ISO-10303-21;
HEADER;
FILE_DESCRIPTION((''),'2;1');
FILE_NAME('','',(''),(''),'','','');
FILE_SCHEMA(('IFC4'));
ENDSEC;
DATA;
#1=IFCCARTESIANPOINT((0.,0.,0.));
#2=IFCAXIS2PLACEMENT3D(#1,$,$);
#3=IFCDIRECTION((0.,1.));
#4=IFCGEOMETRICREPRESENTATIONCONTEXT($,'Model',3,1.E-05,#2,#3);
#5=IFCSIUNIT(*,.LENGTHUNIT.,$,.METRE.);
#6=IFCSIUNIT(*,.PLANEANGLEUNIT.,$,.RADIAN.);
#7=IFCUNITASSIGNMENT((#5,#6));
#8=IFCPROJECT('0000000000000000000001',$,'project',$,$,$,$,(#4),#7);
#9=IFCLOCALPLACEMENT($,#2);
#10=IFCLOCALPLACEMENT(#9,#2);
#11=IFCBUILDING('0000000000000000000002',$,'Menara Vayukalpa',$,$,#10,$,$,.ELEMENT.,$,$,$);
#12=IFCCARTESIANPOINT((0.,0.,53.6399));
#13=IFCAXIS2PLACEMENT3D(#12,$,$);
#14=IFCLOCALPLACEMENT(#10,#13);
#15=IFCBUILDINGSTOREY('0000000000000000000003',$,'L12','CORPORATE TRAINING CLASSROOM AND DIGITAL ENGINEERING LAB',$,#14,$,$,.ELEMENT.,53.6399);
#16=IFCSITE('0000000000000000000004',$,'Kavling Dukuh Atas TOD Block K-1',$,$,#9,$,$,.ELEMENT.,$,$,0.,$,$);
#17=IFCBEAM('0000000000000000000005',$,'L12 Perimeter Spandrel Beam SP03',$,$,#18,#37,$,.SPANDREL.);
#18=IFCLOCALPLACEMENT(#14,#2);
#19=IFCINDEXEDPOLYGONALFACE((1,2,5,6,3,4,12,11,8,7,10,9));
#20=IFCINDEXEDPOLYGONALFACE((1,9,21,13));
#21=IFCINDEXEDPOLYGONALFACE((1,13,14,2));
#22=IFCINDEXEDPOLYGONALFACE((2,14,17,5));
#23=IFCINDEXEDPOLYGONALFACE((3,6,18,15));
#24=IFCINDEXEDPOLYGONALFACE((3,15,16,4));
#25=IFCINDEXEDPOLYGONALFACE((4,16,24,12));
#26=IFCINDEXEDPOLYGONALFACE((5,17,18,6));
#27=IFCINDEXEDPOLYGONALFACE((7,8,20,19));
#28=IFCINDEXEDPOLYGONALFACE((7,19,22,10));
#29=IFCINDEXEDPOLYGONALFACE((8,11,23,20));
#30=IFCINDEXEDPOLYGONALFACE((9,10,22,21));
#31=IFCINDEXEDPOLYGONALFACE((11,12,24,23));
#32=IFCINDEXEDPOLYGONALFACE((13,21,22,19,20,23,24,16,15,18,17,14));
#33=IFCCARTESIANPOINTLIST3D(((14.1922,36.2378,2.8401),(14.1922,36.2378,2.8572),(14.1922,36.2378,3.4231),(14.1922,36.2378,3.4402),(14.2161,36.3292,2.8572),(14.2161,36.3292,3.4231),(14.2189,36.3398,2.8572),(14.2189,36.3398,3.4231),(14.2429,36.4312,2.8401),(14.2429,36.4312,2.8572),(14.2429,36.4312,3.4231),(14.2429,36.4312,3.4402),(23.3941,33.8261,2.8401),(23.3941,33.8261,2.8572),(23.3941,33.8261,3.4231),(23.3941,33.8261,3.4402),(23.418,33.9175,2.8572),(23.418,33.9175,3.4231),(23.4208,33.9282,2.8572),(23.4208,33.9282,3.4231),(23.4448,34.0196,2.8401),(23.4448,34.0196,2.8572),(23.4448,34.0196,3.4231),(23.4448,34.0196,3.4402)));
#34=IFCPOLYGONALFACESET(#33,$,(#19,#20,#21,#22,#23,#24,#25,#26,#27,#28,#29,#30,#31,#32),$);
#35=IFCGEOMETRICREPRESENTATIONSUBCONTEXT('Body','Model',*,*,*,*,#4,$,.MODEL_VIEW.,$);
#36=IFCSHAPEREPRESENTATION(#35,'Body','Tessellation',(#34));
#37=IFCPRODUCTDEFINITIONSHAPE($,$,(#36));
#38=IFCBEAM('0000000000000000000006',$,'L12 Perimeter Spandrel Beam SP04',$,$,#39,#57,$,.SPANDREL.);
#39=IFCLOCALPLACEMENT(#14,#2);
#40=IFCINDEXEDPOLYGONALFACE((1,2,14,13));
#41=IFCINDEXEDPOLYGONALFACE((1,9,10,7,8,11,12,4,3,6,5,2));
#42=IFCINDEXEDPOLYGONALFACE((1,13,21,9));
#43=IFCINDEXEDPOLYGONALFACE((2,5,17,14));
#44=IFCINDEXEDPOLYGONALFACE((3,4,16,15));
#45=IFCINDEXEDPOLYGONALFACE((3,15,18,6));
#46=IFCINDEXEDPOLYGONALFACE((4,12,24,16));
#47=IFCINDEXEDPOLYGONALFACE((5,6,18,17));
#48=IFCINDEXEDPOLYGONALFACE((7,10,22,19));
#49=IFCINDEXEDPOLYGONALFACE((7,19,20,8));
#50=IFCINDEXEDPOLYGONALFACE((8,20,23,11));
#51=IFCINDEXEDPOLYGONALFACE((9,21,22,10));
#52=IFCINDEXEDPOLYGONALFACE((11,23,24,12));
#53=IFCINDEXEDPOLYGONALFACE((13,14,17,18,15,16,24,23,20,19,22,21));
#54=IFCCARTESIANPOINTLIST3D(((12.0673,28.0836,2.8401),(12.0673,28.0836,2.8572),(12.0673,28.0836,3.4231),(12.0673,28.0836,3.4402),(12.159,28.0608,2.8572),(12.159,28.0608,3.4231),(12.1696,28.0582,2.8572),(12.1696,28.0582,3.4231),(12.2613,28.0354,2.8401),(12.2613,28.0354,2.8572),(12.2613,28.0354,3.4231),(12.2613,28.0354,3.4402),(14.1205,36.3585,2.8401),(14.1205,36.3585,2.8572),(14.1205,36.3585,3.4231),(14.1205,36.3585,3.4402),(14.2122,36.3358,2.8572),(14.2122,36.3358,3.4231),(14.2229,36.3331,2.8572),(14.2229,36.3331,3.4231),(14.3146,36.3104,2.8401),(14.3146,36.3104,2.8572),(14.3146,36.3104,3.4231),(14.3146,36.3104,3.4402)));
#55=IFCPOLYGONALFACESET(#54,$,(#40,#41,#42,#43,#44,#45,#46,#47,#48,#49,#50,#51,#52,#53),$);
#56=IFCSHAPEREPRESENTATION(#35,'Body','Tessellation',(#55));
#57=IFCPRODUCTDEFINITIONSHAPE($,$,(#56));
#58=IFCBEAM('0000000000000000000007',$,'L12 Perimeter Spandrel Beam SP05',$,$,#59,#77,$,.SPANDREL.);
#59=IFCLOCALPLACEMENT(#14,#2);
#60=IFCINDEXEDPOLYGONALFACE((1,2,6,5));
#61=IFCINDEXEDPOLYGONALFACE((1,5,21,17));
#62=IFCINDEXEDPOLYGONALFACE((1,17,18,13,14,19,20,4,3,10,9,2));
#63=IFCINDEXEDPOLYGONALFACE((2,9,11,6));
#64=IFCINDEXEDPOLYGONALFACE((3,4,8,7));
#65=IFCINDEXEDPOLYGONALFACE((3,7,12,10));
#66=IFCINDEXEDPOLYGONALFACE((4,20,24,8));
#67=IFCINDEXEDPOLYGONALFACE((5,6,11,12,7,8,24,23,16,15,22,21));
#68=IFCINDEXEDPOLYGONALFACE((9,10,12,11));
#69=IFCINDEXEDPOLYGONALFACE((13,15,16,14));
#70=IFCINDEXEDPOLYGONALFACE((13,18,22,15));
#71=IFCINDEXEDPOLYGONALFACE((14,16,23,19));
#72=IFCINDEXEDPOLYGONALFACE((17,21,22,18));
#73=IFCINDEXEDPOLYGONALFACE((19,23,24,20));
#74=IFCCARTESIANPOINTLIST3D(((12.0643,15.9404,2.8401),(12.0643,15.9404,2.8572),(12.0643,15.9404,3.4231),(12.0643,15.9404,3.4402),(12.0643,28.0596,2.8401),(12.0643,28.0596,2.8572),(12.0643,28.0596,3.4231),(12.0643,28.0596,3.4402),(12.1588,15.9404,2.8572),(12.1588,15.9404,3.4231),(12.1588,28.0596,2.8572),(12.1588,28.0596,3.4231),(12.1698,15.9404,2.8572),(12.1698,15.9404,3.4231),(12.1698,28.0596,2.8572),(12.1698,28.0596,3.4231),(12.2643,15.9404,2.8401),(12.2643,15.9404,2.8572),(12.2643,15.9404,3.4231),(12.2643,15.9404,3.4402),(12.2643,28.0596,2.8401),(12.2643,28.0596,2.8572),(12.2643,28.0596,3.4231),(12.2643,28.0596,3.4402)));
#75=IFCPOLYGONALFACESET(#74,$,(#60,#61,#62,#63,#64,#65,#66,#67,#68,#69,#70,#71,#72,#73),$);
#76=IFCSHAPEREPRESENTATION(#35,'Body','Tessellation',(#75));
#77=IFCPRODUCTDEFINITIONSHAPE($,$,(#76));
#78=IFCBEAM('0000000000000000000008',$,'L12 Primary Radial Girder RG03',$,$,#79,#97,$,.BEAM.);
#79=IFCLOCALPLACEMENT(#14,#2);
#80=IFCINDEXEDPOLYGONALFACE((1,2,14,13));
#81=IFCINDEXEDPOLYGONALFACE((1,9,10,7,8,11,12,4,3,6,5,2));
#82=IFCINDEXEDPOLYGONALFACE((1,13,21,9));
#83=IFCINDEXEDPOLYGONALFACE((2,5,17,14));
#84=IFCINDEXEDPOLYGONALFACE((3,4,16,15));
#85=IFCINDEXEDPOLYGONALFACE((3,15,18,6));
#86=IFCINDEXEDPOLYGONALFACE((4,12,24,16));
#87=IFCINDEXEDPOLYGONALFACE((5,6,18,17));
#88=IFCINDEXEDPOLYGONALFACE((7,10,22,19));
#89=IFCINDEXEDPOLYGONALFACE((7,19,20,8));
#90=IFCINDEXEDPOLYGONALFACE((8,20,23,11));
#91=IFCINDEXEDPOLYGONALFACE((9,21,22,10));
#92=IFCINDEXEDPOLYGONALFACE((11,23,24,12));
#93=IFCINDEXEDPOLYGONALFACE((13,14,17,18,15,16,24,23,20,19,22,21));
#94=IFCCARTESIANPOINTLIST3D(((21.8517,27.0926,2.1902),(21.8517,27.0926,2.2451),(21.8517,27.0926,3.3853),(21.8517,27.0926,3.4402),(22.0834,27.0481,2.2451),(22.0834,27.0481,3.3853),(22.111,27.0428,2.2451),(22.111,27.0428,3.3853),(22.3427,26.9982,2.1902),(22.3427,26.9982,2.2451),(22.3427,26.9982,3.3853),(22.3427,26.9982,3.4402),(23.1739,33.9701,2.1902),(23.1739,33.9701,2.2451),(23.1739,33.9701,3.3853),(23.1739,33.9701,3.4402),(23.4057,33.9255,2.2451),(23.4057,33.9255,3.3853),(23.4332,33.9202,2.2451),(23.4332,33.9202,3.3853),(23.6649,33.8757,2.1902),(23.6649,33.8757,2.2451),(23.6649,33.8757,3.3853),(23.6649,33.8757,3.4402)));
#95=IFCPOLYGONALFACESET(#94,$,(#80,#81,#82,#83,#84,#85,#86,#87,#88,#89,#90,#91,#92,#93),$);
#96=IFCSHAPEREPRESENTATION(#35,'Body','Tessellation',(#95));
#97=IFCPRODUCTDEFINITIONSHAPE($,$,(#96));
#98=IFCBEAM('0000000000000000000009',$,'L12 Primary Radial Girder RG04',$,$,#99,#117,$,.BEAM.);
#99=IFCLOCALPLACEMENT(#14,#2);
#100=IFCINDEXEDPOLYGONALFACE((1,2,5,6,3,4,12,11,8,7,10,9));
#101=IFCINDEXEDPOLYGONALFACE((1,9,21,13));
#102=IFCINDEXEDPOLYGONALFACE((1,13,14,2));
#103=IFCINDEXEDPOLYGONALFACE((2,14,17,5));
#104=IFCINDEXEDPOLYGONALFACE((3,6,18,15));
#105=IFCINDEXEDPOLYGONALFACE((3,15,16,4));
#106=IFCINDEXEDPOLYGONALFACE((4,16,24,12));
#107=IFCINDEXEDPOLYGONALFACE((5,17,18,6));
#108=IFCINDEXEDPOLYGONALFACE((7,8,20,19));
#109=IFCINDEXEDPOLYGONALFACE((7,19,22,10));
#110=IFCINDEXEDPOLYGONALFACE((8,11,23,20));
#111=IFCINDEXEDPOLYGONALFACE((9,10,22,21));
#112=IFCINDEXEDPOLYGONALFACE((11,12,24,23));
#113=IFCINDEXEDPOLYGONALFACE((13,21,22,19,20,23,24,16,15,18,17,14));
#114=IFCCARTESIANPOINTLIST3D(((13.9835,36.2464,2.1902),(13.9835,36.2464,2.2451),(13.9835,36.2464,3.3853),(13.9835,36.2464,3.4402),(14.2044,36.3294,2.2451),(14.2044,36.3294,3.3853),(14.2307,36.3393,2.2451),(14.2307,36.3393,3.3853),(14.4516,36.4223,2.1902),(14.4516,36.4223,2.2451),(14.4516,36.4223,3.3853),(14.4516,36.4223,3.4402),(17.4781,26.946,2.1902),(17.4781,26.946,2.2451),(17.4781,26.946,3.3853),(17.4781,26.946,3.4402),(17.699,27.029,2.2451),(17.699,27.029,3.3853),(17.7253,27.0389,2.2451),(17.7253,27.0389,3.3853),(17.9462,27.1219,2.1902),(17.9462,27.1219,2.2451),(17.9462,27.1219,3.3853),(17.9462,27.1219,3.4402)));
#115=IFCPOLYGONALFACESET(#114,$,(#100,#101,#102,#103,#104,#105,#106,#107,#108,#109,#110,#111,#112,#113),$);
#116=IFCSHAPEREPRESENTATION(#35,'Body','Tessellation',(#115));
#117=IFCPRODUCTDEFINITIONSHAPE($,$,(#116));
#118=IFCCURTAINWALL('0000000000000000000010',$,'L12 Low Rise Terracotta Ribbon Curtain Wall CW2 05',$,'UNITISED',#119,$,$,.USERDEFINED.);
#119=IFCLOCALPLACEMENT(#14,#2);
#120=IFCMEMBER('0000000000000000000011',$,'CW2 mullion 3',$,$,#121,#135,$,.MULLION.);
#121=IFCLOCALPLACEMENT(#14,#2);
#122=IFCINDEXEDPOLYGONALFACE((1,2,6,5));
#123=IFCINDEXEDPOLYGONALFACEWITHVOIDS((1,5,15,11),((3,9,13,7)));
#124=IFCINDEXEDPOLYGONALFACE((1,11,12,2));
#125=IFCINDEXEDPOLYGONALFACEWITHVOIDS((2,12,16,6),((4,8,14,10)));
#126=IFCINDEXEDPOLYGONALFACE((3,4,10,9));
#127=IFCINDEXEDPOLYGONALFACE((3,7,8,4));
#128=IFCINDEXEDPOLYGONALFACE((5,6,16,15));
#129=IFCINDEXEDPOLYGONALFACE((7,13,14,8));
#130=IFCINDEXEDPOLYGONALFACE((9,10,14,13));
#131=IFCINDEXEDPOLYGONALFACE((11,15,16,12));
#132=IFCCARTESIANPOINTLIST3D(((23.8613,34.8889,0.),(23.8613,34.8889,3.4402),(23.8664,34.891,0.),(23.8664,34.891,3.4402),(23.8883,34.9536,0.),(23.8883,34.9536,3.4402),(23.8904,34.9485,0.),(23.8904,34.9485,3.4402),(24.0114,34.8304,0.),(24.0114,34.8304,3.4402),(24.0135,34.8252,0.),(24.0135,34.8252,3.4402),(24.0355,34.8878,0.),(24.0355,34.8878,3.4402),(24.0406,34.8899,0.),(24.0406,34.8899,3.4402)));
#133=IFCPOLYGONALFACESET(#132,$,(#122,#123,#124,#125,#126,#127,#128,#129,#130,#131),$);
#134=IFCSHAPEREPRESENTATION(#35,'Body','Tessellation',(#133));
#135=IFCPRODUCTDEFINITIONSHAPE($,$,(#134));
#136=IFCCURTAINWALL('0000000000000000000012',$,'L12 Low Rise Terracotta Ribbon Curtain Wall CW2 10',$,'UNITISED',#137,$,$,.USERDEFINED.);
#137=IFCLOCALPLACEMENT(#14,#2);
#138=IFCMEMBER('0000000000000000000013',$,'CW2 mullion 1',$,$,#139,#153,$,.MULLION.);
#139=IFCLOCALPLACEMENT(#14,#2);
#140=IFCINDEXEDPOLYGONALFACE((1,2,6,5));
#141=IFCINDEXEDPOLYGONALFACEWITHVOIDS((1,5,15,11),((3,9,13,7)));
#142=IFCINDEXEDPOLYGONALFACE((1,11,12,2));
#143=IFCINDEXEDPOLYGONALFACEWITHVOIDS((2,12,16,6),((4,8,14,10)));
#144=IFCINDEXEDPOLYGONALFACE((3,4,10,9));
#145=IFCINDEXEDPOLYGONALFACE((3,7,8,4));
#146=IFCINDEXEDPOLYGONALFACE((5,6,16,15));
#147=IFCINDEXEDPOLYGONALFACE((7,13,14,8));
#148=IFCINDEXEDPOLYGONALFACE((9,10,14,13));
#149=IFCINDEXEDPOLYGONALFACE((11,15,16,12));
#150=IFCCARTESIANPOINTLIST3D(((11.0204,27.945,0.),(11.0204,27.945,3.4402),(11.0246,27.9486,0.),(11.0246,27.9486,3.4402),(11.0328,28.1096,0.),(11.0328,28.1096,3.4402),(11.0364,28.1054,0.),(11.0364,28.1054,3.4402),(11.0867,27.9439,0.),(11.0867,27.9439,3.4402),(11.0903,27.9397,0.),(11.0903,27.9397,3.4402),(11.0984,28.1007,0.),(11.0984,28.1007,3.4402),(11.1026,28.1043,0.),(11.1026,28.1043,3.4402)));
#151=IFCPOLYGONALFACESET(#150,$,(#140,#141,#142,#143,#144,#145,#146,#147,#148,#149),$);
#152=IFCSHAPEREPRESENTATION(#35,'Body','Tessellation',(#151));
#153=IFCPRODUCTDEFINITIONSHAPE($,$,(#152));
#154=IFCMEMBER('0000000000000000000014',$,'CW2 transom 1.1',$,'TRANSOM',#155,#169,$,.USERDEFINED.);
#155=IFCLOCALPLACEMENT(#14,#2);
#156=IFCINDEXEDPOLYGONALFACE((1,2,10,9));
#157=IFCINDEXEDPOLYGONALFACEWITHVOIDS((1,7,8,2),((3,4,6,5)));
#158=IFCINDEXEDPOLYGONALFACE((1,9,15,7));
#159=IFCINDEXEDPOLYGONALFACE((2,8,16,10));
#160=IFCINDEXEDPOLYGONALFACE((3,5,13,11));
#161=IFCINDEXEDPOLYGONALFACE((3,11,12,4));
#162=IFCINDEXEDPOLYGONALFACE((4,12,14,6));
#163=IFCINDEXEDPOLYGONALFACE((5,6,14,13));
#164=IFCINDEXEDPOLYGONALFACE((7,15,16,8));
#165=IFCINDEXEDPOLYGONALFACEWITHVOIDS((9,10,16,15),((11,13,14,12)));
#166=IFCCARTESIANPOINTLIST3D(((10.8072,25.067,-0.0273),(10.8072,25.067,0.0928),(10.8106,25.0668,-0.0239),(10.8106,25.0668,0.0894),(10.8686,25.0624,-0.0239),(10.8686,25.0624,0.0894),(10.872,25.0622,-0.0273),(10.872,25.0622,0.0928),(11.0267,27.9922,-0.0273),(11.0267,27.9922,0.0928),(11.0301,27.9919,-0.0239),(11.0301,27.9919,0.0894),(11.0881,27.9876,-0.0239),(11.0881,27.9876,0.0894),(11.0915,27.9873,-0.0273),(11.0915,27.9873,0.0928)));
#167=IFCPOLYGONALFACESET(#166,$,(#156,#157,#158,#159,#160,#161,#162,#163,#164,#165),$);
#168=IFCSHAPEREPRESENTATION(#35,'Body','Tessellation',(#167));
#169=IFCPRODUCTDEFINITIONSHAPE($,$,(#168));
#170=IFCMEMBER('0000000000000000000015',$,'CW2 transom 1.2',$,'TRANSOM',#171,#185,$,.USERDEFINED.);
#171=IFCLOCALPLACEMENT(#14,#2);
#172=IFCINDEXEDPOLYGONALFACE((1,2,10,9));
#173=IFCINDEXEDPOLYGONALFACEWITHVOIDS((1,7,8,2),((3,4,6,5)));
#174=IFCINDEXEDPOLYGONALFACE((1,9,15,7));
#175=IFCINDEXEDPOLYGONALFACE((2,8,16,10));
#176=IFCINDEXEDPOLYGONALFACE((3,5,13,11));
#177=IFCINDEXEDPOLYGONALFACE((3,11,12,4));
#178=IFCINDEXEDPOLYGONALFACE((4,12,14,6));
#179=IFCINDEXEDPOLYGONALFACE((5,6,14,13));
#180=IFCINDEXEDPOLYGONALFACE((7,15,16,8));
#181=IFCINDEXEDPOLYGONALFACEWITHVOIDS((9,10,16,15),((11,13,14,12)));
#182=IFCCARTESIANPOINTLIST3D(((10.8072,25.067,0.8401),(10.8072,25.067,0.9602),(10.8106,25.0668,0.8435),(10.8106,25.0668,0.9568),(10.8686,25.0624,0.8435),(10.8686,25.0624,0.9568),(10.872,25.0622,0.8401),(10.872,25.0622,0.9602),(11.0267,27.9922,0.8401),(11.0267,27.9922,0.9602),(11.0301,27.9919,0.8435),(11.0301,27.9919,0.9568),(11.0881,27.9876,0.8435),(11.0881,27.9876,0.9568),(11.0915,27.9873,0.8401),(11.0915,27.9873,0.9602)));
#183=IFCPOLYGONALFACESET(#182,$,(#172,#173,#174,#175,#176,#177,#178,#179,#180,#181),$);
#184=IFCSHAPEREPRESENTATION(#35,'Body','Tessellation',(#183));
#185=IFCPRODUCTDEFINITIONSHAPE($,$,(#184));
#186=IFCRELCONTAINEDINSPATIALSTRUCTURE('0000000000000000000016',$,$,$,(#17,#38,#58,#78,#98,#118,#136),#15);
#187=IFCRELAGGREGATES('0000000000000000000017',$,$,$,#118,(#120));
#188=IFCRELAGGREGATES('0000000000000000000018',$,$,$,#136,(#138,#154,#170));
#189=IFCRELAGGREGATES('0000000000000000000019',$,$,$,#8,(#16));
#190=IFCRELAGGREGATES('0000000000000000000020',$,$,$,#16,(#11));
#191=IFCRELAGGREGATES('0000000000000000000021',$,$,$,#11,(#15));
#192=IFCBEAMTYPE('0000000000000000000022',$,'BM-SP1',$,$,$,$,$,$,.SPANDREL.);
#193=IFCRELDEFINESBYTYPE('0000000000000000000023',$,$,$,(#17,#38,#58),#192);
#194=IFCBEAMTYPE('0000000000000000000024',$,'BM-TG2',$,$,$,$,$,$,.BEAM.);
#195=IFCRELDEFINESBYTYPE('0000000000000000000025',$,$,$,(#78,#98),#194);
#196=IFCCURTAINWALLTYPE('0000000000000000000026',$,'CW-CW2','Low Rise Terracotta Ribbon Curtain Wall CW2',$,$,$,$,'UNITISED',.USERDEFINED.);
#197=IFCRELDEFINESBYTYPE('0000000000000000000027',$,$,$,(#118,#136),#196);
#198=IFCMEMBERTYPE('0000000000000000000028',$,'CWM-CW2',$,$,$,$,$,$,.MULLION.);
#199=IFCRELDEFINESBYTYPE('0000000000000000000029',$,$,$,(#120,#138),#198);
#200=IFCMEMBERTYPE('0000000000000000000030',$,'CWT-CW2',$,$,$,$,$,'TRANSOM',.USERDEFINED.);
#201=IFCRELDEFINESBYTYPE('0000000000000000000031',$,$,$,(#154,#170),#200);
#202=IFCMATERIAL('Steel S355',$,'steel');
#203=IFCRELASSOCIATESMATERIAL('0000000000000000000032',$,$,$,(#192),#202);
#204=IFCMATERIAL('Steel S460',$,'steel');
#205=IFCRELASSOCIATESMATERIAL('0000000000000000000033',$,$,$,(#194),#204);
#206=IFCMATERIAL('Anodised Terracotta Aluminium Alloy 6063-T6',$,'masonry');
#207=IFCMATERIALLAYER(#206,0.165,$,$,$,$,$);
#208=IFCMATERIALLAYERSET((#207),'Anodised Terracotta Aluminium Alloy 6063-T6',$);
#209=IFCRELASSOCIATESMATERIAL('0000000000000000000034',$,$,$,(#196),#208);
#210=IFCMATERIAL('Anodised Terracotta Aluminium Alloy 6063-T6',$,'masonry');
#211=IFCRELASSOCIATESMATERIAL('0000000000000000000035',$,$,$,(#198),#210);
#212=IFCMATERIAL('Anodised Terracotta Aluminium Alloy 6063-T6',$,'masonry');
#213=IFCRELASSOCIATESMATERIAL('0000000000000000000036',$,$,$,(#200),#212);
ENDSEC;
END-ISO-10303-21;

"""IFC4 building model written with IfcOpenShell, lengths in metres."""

from ifc_helpers import new_model, si_unit, direction, frame, origin, origin_2d, place, context, subcontext, project, spatial, hollow_rectangle, i_section, extrude, material, layer, layer_set, material_profile, profile_set, type_object, element, aggregate, save


model = new_model("IFC4")

# Units and contexts
model_context = context("Model", 3, precision=1e-05, world=origin(), true_north=direction((0.0, 1.0)))
body_context = subcontext(model_context, "Body", "Model", "MODEL_VIEW")
ifc_project = project(units=[si_unit("LENGTHUNIT", "METRE"), si_unit("PLANEANGLEUNIT", "RADIAN")], contexts=[model_context])

# Site, building, storey
site_placement = place(None, origin())
site = spatial("IfcSite", under=ifc_project, at=site_placement, Name="Kavling Dukuh Atas TOD Block K-1", CompositionType="ELEMENT", RefElevation=0.0)
building_placement = place(site_placement, origin())
building = spatial("IfcBuilding", under=site, at=building_placement, Name="Menara Vayukalpa", CompositionType="ELEMENT")
storey_placement = place(building_placement, frame((0.0, 0.0, 53.6399)))
storey = spatial("IfcBuildingStorey", under=building, at=storey_placement, Name="L12", Description="CORPORATE TRAINING CLASSROOM AND DIGITAL ENGINEERING LAB", CompositionType="ELEMENT", Elevation=53.6399)

# Beams
ifc_material_1 = material(Name="Steel S355", Category="steel")
ifc_material_profile_1 = material_profile(ifc_material_1, i_section(OverallWidth=0.2, OverallDepth=0.6001, WebThickness=0.011, FlangeThickness=0.0171, at=origin_2d()), Name="WF 600x200x11x17")
ifc_profile_set_1 = profile_set([ifc_material_profile_1], Name="Steel S355")
beam_type_1 = type_object("IfcBeamType", Name="BM-SP1", PredefinedType="SPANDREL", material=ifc_profile_set_1)
beam_1_placement = place(storey_placement, frame((23.4194, 33.9229, 3.1401), z_axis=(-0.967331, 0.253517, 0.0), x_axis=(-0.253517, -0.967331, 0.0)))
element("IfcBeam", 1, at=beam_1_placement, inside=storey, type_object=beam_type_1, Name="L12 Perimeter Spandrel Beam SP03", PredefinedType="SPANDREL", context=body_context, shape_type="SweptSolid", body=[
    extrude(i_section(OverallWidth=0.2, OverallDepth=0.6001, WebThickness=0.011, FlangeThickness=0.0171, at=origin_2d()), origin(), (0.0, 0.0, 1.0), 9.5127),
])
beam_2_placement = place(storey_placement, frame((14.2175, 36.3345, 3.1401), z_axis=(-0.240824, -0.970569, 0.0), x_axis=(0.970569, -0.240824, 0.0)))
element("IfcBeam", 2, at=beam_2_placement, inside=storey, type_object=beam_type_1, Name="L12 Perimeter Spandrel Beam SP04", PredefinedType="SPANDREL", context=body_context, shape_type="SweptSolid", body=[
    extrude(i_section(OverallWidth=0.2, OverallDepth=0.6001, WebThickness=0.011, FlangeThickness=0.0171, at=origin_2d()), origin(), (0.0, 0.0, 1.0), 8.5259),
])
beam_3_placement = place(storey_placement, frame((12.1643, 28.0596, 3.1401), z_axis=(0.0, -1.0, 0.0), x_axis=(1.0, 0.0, 0.0)))
element("IfcBeam", 3, at=beam_3_placement, inside=storey, type_object=beam_type_1, Name="L12 Perimeter Spandrel Beam SP05", PredefinedType="SPANDREL", context=body_context, shape_type="SweptSolid", body=[
    extrude(i_section(OverallWidth=0.2, OverallDepth=0.6001, WebThickness=0.011, FlangeThickness=0.0171, at=origin_2d()), origin(), (0.0, 0.0, 1.0), 12.1191),
])
ifc_material_2 = material(Name="Steel S460", Category="steel")
ifc_material_profile_2 = material_profile(ifc_material_2, i_section(OverallWidth=0.5, OverallDepth=1.25, WebThickness=0.0281, FlangeThickness=0.0549, at=origin_2d()), Name="WG 1250x500x28x55")
ifc_profile_set_2 = profile_set([ifc_material_profile_2], Name="Steel S460")
beam_type_2 = type_object("IfcBeamType", Name="BM-TG2", PredefinedType="BEAM", material=ifc_profile_set_2)
beam_4_placement = place(storey_placement, frame((22.0972, 27.0454, 2.8152), z_axis=(0.188803, 0.982015, 0.0), x_axis=(-0.982015, 0.188803, 0.0)))
element("IfcBeam", 4, at=beam_4_placement, inside=storey, type_object=beam_type_2, Name="L12 Primary Radial Girder RG03", PredefinedType="BEAM", context=body_context, shape_type="SweptSolid", body=[
    extrude(i_section(OverallWidth=0.5, OverallDepth=1.25, WebThickness=0.0281, FlangeThickness=0.0549, at=origin_2d()), origin(), (0.0, 0.0, 1.0), 7.0034),
])
beam_5_placement = place(storey_placement, frame((17.7122, 27.0339, 2.8152), z_axis=(-0.351735, 0.9361, 0.0), x_axis=(-0.9361, -0.351735, 0.0)))
element("IfcBeam", 5, at=beam_5_placement, inside=storey, type_object=beam_type_2, Name="L12 Primary Radial Girder RG04", PredefinedType="BEAM", context=body_context, shape_type="SweptSolid", body=[
    extrude(i_section(OverallWidth=0.5, OverallDepth=1.25, WebThickness=0.0281, FlangeThickness=0.0549, at=origin_2d()), origin(), (0.0, 0.0, 1.0), 9.9353),
])

# Curtain wall, member
ifc_material_3 = material(Name="Anodised Terracotta Aluminium Alloy 6063-T6", Category="masonry")
ifc_layer_1 = layer(ifc_material_3, 0.165)
ifc_layer_set_1 = layer_set([ifc_layer_1], Name="Anodised Terracotta Aluminium Alloy 6063-T6")
curtain_wall_type = type_object("IfcCurtainWallType", Name="CW-CW2", Description="Low Rise Terracotta Ribbon Curtain Wall CW2", ElementType="UNITISED", PredefinedType="USERDEFINED", material=ifc_layer_set_1)
curtain_wall_1_placement = place(storey_placement, origin())
curtain_wall_1 = element("IfcCurtainWall", 6, at=curtain_wall_1_placement, inside=storey, type_object=curtain_wall_type, Name="L12 Low Rise Terracotta Ribbon Curtain Wall CW2 05", ObjectType="UNITISED", PredefinedType="USERDEFINED")
ifc_material_4 = material(Name="Anodised Terracotta Aluminium Alloy 6063-T6", Category="masonry")
ifc_material_profile_3 = material_profile(ifc_material_4, hollow_rectangle(XDim=0.0701, YDim=0.165, WallThickness=0.0039, at=origin_2d()), Name="ALU 70x165x4")
ifc_profile_set_3 = profile_set([ifc_material_profile_3], Name="Anodised Terracotta Aluminium Alloy 6063-T6")
member_type_1 = type_object("IfcMemberType", Name="CWM-CW2", PredefinedType="MULLION", material=ifc_profile_set_3)
member_1_placement = place(storey_placement, frame((23.9509, 34.8894, 0.0), z_axis=(0.0, 0.0, 1.0), x_axis=(-0.385895, -0.922543, 0.0)))
member_1 = element("IfcMember", 7, at=member_1_placement, type_object=member_type_1, Name="CW2 mullion 3", PredefinedType="MULLION", context=body_context, shape_type="SweptSolid", body=[
    extrude(hollow_rectangle(XDim=0.0701, YDim=0.165, WallThickness=0.0039, at=origin_2d()), origin(), (0.0, 0.0, 1.0), 3.4402),
])
aggregate(curtain_wall_1, [member_1])

# Curtain wall, members
curtain_wall_2_placement = place(storey_placement, origin())
curtain_wall_2 = element("IfcCurtainWall", 8, at=curtain_wall_2_placement, inside=storey, type_object=curtain_wall_type, Name="L12 Low Rise Terracotta Ribbon Curtain Wall CW2 10", ObjectType="UNITISED", PredefinedType="USERDEFINED")
member_2_placement = place(storey_placement, frame((11.0615, 28.0247, 0.0), z_axis=(0.0, 0.0, 1.0), x_axis=(0.997199, -0.074795, 0.0)))
member_2 = element("IfcMember", 9, at=member_2_placement, type_object=member_type_1, Name="CW2 mullion 1", PredefinedType="MULLION", context=body_context, shape_type="SweptSolid", body=[
    extrude(hollow_rectangle(XDim=0.0701, YDim=0.165, WallThickness=0.0039, at=origin_2d()), origin(), (0.0, 0.0, 1.0), 3.4402),
])
ifc_material_5 = material(Name="Anodised Terracotta Aluminium Alloy 6063-T6", Category="masonry")
ifc_material_profile_4 = material_profile(ifc_material_5, hollow_rectangle(XDim=0.0649, YDim=0.1201, WallThickness=0.0034, at=origin_2d()), Name="ALU 65x120x3.5")
ifc_profile_set_4 = profile_set([ifc_material_profile_4], Name="Anodised Terracotta Aluminium Alloy 6063-T6")
member_type_2 = type_object("IfcMemberType", Name="CWT-CW2", ElementType="TRANSOM", PredefinedType="USERDEFINED", material=ifc_profile_set_4)
member_3_placement = place(storey_placement, frame((11.0591, 27.9897, 0.0327), z_axis=(-0.074825, -0.997197, 0.0), x_axis=(0.997197, -0.074825, 0.0)))
member_3 = element("IfcMember", 10, at=member_3_placement, type_object=member_type_2, Name="CW2 transom 1.1", ObjectType="TRANSOM", PredefinedType="USERDEFINED", context=body_context, shape_type="SweptSolid", body=[
    extrude(hollow_rectangle(XDim=0.0649, YDim=0.1201, WallThickness=0.0034, at=origin_2d()), origin(), (0.0, 0.0, 1.0), 2.9333),
])
member_4_placement = place(storey_placement, frame((11.0591, 27.9897, 0.9001), z_axis=(-0.074825, -0.997197, 0.0), x_axis=(0.997197, -0.074825, 0.0)))
member_4 = element("IfcMember", 11, at=member_4_placement, type_object=member_type_2, Name="CW2 transom 1.2", ObjectType="TRANSOM", PredefinedType="USERDEFINED", context=body_context, shape_type="SweptSolid", body=[
    extrude(hollow_rectangle(XDim=0.0649, YDim=0.1201, WallThickness=0.0034, at=origin_2d()), origin(), (0.0, 0.0, 1.0), 2.9333),
])
aggregate(curtain_wall_2, [member_2, member_3, member_4])

save(model, "model.ifc")
